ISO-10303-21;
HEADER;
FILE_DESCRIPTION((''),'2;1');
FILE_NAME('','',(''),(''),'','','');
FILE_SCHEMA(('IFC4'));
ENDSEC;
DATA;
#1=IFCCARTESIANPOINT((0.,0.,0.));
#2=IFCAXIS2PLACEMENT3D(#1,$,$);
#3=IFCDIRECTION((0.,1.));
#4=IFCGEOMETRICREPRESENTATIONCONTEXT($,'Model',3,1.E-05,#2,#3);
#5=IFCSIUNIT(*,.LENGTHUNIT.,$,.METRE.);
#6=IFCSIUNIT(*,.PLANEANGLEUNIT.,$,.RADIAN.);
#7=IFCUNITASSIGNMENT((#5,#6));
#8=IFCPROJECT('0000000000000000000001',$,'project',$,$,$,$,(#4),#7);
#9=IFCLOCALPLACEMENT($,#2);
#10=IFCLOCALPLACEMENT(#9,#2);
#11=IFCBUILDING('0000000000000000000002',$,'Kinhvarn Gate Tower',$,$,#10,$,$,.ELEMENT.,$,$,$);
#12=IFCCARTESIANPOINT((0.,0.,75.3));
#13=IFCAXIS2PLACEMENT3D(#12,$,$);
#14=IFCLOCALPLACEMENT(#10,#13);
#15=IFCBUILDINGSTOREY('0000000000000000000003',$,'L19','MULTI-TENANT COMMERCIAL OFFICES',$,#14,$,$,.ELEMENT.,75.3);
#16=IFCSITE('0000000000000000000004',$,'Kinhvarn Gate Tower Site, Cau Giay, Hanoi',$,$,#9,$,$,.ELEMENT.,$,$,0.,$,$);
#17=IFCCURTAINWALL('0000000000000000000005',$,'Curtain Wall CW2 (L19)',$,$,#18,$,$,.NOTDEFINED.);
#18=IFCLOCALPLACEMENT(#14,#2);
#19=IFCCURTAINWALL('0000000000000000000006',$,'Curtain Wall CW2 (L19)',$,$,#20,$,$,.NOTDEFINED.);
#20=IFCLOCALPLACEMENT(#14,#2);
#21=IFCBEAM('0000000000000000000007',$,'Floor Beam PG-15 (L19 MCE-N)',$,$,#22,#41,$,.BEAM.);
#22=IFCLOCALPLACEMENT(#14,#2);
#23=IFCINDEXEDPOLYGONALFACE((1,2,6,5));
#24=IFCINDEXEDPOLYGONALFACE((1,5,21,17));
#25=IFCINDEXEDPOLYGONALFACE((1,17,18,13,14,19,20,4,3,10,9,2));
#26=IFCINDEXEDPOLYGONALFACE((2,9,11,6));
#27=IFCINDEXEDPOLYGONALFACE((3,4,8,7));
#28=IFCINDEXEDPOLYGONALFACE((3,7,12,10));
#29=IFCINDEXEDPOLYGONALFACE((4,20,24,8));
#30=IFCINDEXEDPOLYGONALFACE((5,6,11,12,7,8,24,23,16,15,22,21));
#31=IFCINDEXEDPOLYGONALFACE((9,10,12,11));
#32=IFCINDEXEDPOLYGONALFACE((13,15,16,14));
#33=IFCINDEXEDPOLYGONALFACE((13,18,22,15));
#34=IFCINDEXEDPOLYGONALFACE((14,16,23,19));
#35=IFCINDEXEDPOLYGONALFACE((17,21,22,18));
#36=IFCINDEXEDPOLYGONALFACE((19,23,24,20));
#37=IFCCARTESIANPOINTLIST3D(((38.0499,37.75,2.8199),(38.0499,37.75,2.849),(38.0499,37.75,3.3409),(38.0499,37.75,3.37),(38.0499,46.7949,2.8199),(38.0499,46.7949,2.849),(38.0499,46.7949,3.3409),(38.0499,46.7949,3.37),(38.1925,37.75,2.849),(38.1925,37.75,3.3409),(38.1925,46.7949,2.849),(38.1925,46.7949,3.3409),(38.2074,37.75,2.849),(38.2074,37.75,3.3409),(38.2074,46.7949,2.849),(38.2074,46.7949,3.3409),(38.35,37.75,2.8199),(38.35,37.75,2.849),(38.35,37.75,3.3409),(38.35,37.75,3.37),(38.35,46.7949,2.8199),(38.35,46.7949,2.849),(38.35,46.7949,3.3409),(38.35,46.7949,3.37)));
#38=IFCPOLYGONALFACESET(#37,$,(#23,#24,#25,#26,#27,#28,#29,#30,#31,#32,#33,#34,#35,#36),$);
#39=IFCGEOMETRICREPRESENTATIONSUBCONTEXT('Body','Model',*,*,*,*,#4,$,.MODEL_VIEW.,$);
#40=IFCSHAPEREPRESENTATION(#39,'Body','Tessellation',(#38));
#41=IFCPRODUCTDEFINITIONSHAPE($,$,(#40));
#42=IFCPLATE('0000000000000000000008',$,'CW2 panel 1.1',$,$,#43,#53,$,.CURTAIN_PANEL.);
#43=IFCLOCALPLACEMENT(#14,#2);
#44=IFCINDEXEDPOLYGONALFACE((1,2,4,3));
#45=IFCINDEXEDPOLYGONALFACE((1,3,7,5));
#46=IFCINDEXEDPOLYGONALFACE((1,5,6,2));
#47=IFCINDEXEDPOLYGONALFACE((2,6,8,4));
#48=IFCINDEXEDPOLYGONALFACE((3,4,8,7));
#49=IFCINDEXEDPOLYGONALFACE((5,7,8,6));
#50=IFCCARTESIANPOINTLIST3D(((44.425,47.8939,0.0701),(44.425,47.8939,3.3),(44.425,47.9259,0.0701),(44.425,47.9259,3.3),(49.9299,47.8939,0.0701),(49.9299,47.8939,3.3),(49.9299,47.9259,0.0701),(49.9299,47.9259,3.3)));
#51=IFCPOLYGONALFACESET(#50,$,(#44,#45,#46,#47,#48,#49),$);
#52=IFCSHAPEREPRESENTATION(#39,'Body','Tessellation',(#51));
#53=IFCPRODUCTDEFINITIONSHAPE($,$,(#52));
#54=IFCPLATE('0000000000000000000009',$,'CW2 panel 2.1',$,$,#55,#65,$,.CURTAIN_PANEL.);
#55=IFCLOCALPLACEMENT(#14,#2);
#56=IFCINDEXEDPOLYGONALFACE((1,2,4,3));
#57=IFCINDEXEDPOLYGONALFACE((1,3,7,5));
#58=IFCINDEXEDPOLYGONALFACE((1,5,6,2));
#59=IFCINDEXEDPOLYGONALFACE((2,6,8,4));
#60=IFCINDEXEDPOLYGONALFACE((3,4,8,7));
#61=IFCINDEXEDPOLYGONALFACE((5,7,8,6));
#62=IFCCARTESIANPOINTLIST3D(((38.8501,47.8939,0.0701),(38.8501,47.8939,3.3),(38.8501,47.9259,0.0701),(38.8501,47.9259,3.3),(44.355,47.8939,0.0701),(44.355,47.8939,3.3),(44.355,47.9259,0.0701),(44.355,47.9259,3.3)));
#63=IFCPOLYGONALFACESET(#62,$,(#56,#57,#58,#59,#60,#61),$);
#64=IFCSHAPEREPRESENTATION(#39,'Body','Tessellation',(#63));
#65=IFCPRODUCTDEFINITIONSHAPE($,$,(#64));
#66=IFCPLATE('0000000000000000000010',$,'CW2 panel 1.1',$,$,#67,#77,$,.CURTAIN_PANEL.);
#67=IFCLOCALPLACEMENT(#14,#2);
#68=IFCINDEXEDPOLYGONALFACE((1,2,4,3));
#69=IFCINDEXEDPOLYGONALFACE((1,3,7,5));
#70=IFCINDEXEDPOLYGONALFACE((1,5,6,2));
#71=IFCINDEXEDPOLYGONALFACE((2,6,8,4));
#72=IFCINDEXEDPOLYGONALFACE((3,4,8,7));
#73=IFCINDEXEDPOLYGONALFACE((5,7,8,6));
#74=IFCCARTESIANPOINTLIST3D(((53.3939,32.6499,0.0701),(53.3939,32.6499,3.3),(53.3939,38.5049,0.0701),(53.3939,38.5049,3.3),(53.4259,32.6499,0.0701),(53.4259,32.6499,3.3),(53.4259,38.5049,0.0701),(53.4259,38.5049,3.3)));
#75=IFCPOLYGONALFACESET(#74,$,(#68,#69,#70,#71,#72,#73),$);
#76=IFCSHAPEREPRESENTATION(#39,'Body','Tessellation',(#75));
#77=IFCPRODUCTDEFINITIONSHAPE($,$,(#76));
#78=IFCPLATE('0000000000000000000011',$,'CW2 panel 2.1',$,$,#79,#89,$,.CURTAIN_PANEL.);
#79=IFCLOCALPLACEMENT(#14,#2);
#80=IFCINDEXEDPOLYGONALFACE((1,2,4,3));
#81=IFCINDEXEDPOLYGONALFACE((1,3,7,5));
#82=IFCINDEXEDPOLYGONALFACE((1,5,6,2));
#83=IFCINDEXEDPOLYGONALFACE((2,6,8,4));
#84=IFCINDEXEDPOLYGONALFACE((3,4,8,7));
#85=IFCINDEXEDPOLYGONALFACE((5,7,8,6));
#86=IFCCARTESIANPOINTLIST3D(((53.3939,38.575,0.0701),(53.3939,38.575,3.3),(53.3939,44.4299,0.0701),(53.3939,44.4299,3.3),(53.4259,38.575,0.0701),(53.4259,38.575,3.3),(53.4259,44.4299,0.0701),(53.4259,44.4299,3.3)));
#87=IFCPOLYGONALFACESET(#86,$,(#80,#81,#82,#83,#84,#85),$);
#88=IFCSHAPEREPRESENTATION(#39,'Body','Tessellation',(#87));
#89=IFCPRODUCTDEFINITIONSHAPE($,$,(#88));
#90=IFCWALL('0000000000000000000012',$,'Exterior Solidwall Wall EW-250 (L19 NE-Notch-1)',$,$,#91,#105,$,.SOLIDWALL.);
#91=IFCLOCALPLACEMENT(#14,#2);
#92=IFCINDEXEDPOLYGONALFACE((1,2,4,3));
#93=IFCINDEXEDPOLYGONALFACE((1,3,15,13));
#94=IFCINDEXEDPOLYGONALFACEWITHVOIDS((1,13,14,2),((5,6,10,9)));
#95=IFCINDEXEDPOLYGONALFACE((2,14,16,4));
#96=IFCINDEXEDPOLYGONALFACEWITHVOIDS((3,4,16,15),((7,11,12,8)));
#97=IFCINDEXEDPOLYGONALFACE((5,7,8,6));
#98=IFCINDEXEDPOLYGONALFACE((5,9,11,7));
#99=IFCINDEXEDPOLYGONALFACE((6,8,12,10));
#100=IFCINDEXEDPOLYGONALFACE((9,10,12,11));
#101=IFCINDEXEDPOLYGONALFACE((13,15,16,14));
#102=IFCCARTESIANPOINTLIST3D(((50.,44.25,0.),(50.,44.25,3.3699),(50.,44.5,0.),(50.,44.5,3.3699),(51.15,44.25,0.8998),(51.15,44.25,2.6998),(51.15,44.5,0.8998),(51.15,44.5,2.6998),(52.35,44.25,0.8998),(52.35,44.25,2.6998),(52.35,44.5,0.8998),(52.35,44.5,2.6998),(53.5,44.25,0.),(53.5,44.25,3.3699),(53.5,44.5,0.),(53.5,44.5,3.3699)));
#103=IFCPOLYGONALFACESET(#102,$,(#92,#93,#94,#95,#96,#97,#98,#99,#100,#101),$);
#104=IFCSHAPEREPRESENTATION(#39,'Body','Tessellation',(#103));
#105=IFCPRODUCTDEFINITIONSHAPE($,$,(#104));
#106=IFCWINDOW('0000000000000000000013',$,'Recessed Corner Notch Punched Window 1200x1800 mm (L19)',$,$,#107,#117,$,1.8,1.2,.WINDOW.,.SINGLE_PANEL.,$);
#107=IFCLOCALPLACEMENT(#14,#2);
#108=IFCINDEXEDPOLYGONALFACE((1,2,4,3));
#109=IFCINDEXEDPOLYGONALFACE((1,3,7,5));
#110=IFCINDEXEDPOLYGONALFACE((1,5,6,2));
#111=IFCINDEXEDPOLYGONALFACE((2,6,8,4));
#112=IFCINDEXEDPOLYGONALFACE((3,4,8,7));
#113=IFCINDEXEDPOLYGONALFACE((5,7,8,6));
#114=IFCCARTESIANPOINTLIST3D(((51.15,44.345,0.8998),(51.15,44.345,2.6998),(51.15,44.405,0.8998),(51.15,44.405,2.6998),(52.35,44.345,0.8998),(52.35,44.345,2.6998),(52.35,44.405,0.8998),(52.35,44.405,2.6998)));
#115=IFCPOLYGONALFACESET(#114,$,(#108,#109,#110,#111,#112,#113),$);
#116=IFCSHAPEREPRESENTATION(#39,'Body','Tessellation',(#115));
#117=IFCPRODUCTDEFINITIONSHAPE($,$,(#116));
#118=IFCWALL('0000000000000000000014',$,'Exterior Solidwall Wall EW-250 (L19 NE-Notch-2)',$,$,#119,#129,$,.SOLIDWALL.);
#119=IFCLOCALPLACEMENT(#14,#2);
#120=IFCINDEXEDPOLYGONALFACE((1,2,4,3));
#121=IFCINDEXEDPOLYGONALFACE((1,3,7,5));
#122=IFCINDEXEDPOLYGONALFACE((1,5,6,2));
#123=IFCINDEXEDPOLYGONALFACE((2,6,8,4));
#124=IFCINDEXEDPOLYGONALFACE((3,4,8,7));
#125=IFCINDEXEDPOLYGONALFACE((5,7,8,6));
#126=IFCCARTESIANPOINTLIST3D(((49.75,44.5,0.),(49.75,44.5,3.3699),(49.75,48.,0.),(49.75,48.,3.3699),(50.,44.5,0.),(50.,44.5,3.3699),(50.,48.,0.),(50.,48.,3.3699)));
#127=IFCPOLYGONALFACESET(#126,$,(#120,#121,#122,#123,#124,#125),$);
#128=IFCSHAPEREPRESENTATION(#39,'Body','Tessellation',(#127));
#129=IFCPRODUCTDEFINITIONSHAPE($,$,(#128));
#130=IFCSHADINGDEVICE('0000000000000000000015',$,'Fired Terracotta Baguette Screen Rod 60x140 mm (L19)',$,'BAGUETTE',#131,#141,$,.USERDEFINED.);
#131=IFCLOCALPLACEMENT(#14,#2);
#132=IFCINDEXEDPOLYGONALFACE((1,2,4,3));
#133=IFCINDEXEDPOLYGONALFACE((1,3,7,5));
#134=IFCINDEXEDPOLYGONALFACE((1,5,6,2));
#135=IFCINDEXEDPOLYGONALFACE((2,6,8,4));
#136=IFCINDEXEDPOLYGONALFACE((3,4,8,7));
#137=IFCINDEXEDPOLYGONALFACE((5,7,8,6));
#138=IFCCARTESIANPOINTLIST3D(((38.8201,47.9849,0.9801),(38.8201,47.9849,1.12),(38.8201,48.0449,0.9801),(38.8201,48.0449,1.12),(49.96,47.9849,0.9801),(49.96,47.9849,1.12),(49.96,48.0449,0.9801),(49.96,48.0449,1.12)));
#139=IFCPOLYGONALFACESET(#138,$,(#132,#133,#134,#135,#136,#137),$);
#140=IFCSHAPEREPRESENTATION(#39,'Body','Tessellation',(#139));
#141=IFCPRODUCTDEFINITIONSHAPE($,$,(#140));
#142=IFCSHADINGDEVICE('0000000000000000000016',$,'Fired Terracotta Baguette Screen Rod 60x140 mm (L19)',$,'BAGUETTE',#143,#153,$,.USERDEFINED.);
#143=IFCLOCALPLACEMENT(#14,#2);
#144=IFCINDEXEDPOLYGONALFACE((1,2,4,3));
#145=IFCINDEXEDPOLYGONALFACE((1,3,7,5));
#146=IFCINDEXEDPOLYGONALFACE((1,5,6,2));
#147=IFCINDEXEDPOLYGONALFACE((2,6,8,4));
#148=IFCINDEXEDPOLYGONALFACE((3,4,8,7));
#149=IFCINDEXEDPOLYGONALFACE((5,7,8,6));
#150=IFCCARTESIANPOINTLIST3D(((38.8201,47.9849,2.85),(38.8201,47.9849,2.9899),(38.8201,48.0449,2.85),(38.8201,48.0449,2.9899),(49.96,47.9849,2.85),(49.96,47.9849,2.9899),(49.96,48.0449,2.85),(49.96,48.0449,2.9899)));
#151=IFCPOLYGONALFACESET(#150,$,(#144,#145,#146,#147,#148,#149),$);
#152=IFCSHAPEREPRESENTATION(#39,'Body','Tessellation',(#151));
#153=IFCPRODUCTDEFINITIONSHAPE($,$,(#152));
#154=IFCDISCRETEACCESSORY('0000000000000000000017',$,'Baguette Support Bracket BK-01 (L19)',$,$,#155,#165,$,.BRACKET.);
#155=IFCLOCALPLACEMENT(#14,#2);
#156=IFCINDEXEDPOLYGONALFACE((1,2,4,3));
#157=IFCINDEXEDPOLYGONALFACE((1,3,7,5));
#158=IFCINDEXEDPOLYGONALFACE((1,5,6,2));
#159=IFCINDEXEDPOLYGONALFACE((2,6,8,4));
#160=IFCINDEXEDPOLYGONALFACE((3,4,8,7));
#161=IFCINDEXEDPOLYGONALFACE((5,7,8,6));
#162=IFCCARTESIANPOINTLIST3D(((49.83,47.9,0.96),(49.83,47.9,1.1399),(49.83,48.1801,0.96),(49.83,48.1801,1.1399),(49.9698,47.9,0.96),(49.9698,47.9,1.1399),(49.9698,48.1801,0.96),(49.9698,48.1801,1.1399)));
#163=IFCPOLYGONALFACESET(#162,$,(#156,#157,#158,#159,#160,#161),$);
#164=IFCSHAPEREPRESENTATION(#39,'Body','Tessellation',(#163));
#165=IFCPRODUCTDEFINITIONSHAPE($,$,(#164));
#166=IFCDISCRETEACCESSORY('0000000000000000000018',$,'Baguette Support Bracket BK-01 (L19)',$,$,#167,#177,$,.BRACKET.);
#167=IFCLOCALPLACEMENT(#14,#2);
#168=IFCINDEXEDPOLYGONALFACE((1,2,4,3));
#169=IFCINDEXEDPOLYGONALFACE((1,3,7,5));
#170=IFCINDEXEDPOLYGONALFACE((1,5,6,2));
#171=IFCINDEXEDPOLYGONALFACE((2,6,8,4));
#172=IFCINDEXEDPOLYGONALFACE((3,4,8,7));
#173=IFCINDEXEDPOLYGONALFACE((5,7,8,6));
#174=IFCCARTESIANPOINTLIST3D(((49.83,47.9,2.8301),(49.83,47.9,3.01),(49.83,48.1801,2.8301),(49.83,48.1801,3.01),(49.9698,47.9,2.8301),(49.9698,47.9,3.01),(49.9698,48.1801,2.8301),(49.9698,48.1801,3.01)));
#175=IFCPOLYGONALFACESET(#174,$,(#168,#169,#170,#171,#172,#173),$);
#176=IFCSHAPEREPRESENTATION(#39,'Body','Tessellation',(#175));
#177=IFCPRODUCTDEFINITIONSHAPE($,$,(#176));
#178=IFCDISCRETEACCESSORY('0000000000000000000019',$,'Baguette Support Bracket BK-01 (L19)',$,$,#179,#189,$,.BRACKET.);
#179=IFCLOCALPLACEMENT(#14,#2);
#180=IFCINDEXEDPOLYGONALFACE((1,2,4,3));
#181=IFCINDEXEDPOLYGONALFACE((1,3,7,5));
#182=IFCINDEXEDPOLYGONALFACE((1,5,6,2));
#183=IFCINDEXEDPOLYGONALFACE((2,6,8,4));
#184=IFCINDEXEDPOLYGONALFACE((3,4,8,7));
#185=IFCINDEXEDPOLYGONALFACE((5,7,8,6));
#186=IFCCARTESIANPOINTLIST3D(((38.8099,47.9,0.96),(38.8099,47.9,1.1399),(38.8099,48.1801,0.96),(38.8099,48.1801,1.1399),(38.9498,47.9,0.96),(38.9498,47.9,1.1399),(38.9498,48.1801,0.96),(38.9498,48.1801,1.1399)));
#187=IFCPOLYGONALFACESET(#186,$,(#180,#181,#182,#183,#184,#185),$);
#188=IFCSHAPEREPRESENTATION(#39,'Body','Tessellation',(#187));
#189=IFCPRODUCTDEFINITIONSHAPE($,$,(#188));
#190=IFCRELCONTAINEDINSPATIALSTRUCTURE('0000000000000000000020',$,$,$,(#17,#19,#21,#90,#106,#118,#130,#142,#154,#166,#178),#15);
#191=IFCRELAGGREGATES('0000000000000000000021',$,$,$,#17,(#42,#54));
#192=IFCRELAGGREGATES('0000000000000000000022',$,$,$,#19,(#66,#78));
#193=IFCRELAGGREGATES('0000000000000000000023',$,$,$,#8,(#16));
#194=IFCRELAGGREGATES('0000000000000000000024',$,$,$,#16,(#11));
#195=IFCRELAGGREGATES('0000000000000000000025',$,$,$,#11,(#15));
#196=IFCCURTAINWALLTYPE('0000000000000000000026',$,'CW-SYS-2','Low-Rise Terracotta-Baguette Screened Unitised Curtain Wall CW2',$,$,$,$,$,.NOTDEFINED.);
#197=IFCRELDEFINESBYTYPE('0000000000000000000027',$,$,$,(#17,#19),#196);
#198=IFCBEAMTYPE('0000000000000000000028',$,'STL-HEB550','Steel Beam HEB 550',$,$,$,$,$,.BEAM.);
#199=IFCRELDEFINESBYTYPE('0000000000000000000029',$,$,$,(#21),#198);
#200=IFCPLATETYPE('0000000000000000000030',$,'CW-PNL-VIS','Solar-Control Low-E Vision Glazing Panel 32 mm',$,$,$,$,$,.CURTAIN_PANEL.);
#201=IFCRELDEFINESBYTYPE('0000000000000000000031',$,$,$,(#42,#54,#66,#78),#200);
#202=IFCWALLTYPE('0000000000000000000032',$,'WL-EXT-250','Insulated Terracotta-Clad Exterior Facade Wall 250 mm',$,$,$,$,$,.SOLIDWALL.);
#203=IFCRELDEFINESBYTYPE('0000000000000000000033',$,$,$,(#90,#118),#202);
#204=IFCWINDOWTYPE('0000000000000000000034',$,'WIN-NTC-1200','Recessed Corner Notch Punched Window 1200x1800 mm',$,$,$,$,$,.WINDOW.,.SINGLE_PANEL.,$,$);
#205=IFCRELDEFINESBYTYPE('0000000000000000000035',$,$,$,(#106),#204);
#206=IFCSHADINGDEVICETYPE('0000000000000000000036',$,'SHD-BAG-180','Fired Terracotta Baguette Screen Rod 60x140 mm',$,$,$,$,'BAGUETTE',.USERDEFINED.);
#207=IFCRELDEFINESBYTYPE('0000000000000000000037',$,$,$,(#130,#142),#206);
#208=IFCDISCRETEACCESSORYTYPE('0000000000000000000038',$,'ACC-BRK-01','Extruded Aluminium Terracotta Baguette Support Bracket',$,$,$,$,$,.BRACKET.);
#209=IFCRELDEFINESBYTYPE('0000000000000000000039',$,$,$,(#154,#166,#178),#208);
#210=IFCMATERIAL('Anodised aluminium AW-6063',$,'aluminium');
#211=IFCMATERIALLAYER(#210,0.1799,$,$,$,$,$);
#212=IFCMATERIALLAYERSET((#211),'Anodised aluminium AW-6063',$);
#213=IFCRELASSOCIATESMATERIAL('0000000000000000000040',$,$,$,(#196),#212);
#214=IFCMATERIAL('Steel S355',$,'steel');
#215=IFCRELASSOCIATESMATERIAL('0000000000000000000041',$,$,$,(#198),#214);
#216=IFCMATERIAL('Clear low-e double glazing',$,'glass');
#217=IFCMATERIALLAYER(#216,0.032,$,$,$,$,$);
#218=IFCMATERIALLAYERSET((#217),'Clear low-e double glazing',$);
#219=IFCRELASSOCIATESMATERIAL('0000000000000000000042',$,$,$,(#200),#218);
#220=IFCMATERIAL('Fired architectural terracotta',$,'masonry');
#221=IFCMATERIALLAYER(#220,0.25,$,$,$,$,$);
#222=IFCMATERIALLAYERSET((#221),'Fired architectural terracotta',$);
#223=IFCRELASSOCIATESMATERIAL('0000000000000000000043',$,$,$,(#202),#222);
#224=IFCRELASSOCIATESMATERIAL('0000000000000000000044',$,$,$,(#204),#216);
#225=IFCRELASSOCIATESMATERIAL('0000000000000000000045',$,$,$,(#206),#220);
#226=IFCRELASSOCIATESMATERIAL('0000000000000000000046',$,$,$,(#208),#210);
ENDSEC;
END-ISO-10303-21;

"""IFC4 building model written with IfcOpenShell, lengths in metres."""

from ifc_helpers import new_model, si_unit, direction, frame, frame_2d, origin, origin_2d, place, context, subcontext, project, spatial, rectangle, i_section, extrude, material, layer, layer_set, material_profile, profile_set, type_object, element, fill, aggregate, save


model = new_model("IFC4")

# Units and contexts
model_context = context("Model", 3, precision=1e-05, world=origin(), true_north=direction((0.0, 1.0)))
body_context = subcontext(model_context, "Body", "Model", "MODEL_VIEW")
ifc_project = project(units=[si_unit("LENGTHUNIT", "METRE"), si_unit("PLANEANGLEUNIT", "RADIAN")], contexts=[model_context])

# Site, building, storey
site_placement = place(None, origin())
site = spatial("IfcSite", under=ifc_project, at=site_placement, Name="Kinhvarn Gate Tower Site, Cau Giay, Hanoi", CompositionType="ELEMENT", RefElevation=0.0)
building_placement = place(site_placement, origin())
building = spatial("IfcBuilding", under=site, at=building_placement, Name="Kinhvarn Gate Tower", CompositionType="ELEMENT")
storey_placement = place(building_placement, frame((0.0, 0.0, 75.3)))
storey = spatial("IfcBuildingStorey", under=building, at=storey_placement, Name="L19", Description="MULTI-TENANT COMMERCIAL OFFICES", CompositionType="ELEMENT", Elevation=75.3)

# Curtain walls
ifc_material_1 = material(Name="Anodised aluminium AW-6063", Category="aluminium")
ifc_layer_1 = layer(ifc_material_1, 0.1799)
ifc_layer_set_1 = layer_set([ifc_layer_1], Name="Anodised aluminium AW-6063")
curtain_wall_type = type_object("IfcCurtainWallType", Name="CW-SYS-2", Description="Low-Rise Terracotta-Baguette Screened Unitised Curtain Wall CW2", PredefinedType="NOTDEFINED", material=ifc_layer_set_1)
curtain_wall_1_placement = place(storey_placement, origin())
curtain_wall_1 = element("IfcCurtainWall", 1, at=curtain_wall_1_placement, inside=storey, type_object=curtain_wall_type, Name="Curtain Wall CW2 (L19)", PredefinedType="NOTDEFINED")
curtain_wall_2_placement = place(storey_placement, origin())
curtain_wall_2 = element("IfcCurtainWall", 2, at=curtain_wall_2_placement, inside=storey, type_object=curtain_wall_type, Name="Curtain Wall CW2 (L19)", PredefinedType="NOTDEFINED")

# Beam
ifc_material_2 = material(Name="Steel S355", Category="steel")
ifc_material_profile_1 = material_profile(ifc_material_2, i_section(OverallWidth=0.3, OverallDepth=0.55, WebThickness=0.0149, FlangeThickness=0.0291, at=origin_2d()), Name="HEB 550")
ifc_profile_set_1 = profile_set([ifc_material_profile_1], Name="Steel S355")
beam_type = type_object("IfcBeamType", Name="STL-HEB550", Description="Steel Beam HEB 550", PredefinedType="BEAM", material=ifc_profile_set_1)
beam_placement = place(storey_placement, frame((38.2, 37.75, 3.095), z_axis=(0.0, 1.0, 0.0), x_axis=(-1.0, 0.0, 0.0)))
element("IfcBeam", 3, at=beam_placement, inside=storey, type_object=beam_type, Name="Floor Beam PG-15 (L19 MCE-N)", PredefinedType="BEAM", context=body_context, shape_type="SweptSolid", body=[
    extrude(i_section(OverallWidth=0.3, OverallDepth=0.55, WebThickness=0.0149, FlangeThickness=0.0291, at=origin_2d()), origin(), (0.0, 0.0, 1.0), 9.0449),
])

# Plates
ifc_material_3 = material(Name="Clear low-e double glazing", Category="glass")
ifc_layer_2 = layer(ifc_material_3, 0.032)
ifc_layer_set_2 = layer_set([ifc_layer_2], Name="Clear low-e double glazing")
plate_type = type_object("IfcPlateType", Name="CW-PNL-VIS", Description="Solar-Control Low-E Vision Glazing Panel 32 mm", PredefinedType="CURTAIN_PANEL", material=ifc_layer_set_2)
plate_1_placement = place(storey_placement, frame((47.1775, 47.9099, 0.0701), z_axis=(0.0, 0.0, 1.0), x_axis=(-1.0, 0.0, 0.0)))
plate_1 = element("IfcPlate", 4, at=plate_1_placement, type_object=plate_type, Name="CW2 panel 1.1", PredefinedType="CURTAIN_PANEL", context=body_context, shape_type="SweptSolid", body=[
    extrude(rectangle(XDim=5.5049, YDim=0.032, at=origin_2d()), origin(), (0.0, 0.0, 1.0), 3.23),
])
plate_2_placement = place(storey_placement, frame((41.6025, 47.9099, 0.0701), z_axis=(0.0, 0.0, 1.0), x_axis=(-1.0, 0.0, 0.0)))
plate_2 = element("IfcPlate", 5, at=plate_2_placement, type_object=plate_type, Name="CW2 panel 2.1", PredefinedType="CURTAIN_PANEL", context=body_context, shape_type="SweptSolid", body=[
    extrude(rectangle(XDim=5.5049, YDim=0.032, at=origin_2d()), origin(), (0.0, 0.0, 1.0), 3.23),
])
aggregate(curtain_wall_1, [plate_1, plate_2])
plate_3_placement = place(storey_placement, frame((53.4099, 35.5774, 0.0701), z_axis=(0.0, 0.0, 1.0), x_axis=(0.0, 1.0, 0.0)))
plate_3 = element("IfcPlate", 6, at=plate_3_placement, type_object=plate_type, Name="CW2 panel 1.1", PredefinedType="CURTAIN_PANEL", context=body_context, shape_type="SweptSolid", body=[
    extrude(rectangle(XDim=5.855, YDim=0.032, at=origin_2d()), origin(), (0.0, 0.0, 1.0), 3.23),
])
plate_4_placement = place(storey_placement, frame((53.4099, 41.5024, 0.0701), z_axis=(0.0, 0.0, 1.0), x_axis=(0.0, 1.0, 0.0)))
plate_4 = element("IfcPlate", 7, at=plate_4_placement, type_object=plate_type, Name="CW2 panel 2.1", PredefinedType="CURTAIN_PANEL", context=body_context, shape_type="SweptSolid", body=[
    extrude(rectangle(XDim=5.855, YDim=0.032, at=origin_2d()), origin(), (0.0, 0.0, 1.0), 3.23),
])
aggregate(curtain_wall_2, [plate_3, plate_4])

# Wall, opening, window
ifc_material_4 = material(Name="Fired architectural terracotta", Category="masonry")
ifc_layer_3 = layer(ifc_material_4, 0.25)
ifc_layer_set_3 = layer_set([ifc_layer_3], Name="Fired architectural terracotta")
wall_type = type_object("IfcWallType", Name="WL-EXT-250", Description="Insulated Terracotta-Clad Exterior Facade Wall 250 mm", PredefinedType="SOLIDWALL", material=ifc_layer_set_3)
wall_1_placement = place(storey_placement, frame((53.5, 44.375, 0.0), z_axis=(0.0, 0.0, 1.0), x_axis=(-1.0, 0.0, 0.0)))
wall_1 = element("IfcWall", 8, at=wall_1_placement, inside=storey, type_object=wall_type, Name="Exterior Solidwall Wall EW-250 (L19 NE-Notch-1)", PredefinedType="SOLIDWALL", context=body_context, shape_type="SweptSolid", body=[
    extrude(rectangle(XDim=3.5, YDim=0.25, at=frame_2d((1.75, 0.0))), origin(), (0.0, 0.0, 1.0), 3.3699),
])
opening_placement = place(wall_1_placement, frame((1.1499, 0.0, 0.8999)))
opening = element("IfcOpeningElement", 9, at=opening_placement, cuts=wall_1, PredefinedType="OPENING", context=body_context, shape_type="SweptSolid", body=[
    extrude(rectangle(XDim=1.2, YDim=1.8, at=frame_2d((0.6001, 0.8999))), frame((0.0, 0.135, 0.0), z_axis=(0.0, -1.0, 0.0), x_axis=(1.0, 0.0, 0.0)), (0.0, 0.0, 1.0), 0.27),
])
window_type = type_object("IfcWindowType", Name="WIN-NTC-1200", Description="Recessed Corner Notch Punched Window 1200x1800 mm", PartitioningType="SINGLE_PANEL", PredefinedType="WINDOW", material=ifc_material_3)
window_placement = place(opening_placement, origin())
window = element("IfcWindow", 10, at=window_placement, inside=storey, type_object=window_type, Name="Recessed Corner Notch Punched Window 1200x1800 mm (L19)", OverallHeight=1.8, OverallWidth=1.2, PartitioningType="SINGLE_PANEL", PredefinedType="WINDOW", context=body_context, shape_type="SweptSolid", body=[
    extrude(rectangle(XDim=1.2, YDim=1.8, at=frame_2d((0.6001, 0.8999))), frame((0.0, 0.03, 0.0), z_axis=(0.0, -1.0, 0.0), x_axis=(1.0, 0.0, 0.0)), (0.0, 0.0, 1.0), 0.0601),
])
fill(opening, window)

# Wall
wall_2_placement = place(storey_placement, frame((49.875, 44.5, 0.0), z_axis=(0.0, 0.0, 1.0), x_axis=(0.0, 1.0, 0.0)))
element("IfcWall", 11, at=wall_2_placement, inside=storey, type_object=wall_type, Name="Exterior Solidwall Wall EW-250 (L19 NE-Notch-2)", PredefinedType="SOLIDWALL", context=body_context, shape_type="SweptSolid", body=[
    extrude(rectangle(XDim=3.5, YDim=0.25, at=frame_2d((1.75, 0.0))), origin(), (0.0, 0.0, 1.0), 3.3699),
])

# Shading devices
ifc_material_profile_2 = material_profile(ifc_material_4, rectangle(XDim=0.0601, YDim=0.1399, at=origin_2d()), Name="TC 60x140")
ifc_profile_set_2 = profile_set([ifc_material_profile_2], Name="Fired architectural terracotta")
shading_device_type = type_object("IfcShadingDeviceType", Name="SHD-BAG-180", Description="Fired Terracotta Baguette Screen Rod 60x140 mm", ElementType="BAGUETTE", PredefinedType="USERDEFINED", material=ifc_profile_set_2)
for number, where, z_axis, x_axis, name in (
    (12, (49.96, 48.0149, 1.05), (-1.0, 0.0, 0.0), (0.0, -1.0, 0.0), "Fired Terracotta Baguette Screen Rod 60x140 mm (L19)"),
    (13, (49.96, 48.0149, 2.9199), (-1.0, 0.0, 0.0), (0.0, -1.0, 0.0), "Fired Terracotta Baguette Screen Rod 60x140 mm (L19)"),
):
    element("IfcShadingDevice", number, at=place(storey_placement, frame(where, z_axis=z_axis, x_axis=x_axis)), inside=storey, type_object=shading_device_type, Name=name, ObjectType="BAGUETTE", PredefinedType="USERDEFINED", context=body_context, shape_type="SweptSolid", body=[
        extrude(rectangle(XDim=0.0601, YDim=0.1399, at=origin_2d()), origin(), (0.0, 0.0, 1.0), 11.1399),
    ])

# Discrete accessories
discrete_accessory_type = type_object("IfcDiscreteAccessoryType", Name="ACC-BRK-01", Description="Extruded Aluminium Terracotta Baguette Support Bracket", PredefinedType="BRACKET", material=ifc_material_1)
for number, where, z_axis, x_axis, name in (
    (14, (49.8999, 48.04, 0.96), (0.0, 0.0, 1.0), (-1.0, 0.0, 0.0), "Baguette Support Bracket BK-01 (L19)"),
    (15, (49.8999, 48.04, 2.8301), (0.0, 0.0, 1.0), (-1.0, 0.0, 0.0), "Baguette Support Bracket BK-01 (L19)"),
    (16, (38.8799, 48.04, 0.96), (0.0, 0.0, 1.0), (-1.0, 0.0, 0.0), "Baguette Support Bracket BK-01 (L19)"),
):
    element("IfcDiscreteAccessory", number, at=place(storey_placement, frame(where, z_axis=z_axis, x_axis=x_axis)), inside=storey, type_object=discrete_accessory_type, Name=name, PredefinedType="BRACKET", context=body_context, shape_type="SweptSolid", body=[
        extrude(rectangle(XDim=0.1399, YDim=0.28, at=origin_2d()), origin(), (0.0, 0.0, 1.0), 0.1799),
    ])

save(model, "model.ifc")
